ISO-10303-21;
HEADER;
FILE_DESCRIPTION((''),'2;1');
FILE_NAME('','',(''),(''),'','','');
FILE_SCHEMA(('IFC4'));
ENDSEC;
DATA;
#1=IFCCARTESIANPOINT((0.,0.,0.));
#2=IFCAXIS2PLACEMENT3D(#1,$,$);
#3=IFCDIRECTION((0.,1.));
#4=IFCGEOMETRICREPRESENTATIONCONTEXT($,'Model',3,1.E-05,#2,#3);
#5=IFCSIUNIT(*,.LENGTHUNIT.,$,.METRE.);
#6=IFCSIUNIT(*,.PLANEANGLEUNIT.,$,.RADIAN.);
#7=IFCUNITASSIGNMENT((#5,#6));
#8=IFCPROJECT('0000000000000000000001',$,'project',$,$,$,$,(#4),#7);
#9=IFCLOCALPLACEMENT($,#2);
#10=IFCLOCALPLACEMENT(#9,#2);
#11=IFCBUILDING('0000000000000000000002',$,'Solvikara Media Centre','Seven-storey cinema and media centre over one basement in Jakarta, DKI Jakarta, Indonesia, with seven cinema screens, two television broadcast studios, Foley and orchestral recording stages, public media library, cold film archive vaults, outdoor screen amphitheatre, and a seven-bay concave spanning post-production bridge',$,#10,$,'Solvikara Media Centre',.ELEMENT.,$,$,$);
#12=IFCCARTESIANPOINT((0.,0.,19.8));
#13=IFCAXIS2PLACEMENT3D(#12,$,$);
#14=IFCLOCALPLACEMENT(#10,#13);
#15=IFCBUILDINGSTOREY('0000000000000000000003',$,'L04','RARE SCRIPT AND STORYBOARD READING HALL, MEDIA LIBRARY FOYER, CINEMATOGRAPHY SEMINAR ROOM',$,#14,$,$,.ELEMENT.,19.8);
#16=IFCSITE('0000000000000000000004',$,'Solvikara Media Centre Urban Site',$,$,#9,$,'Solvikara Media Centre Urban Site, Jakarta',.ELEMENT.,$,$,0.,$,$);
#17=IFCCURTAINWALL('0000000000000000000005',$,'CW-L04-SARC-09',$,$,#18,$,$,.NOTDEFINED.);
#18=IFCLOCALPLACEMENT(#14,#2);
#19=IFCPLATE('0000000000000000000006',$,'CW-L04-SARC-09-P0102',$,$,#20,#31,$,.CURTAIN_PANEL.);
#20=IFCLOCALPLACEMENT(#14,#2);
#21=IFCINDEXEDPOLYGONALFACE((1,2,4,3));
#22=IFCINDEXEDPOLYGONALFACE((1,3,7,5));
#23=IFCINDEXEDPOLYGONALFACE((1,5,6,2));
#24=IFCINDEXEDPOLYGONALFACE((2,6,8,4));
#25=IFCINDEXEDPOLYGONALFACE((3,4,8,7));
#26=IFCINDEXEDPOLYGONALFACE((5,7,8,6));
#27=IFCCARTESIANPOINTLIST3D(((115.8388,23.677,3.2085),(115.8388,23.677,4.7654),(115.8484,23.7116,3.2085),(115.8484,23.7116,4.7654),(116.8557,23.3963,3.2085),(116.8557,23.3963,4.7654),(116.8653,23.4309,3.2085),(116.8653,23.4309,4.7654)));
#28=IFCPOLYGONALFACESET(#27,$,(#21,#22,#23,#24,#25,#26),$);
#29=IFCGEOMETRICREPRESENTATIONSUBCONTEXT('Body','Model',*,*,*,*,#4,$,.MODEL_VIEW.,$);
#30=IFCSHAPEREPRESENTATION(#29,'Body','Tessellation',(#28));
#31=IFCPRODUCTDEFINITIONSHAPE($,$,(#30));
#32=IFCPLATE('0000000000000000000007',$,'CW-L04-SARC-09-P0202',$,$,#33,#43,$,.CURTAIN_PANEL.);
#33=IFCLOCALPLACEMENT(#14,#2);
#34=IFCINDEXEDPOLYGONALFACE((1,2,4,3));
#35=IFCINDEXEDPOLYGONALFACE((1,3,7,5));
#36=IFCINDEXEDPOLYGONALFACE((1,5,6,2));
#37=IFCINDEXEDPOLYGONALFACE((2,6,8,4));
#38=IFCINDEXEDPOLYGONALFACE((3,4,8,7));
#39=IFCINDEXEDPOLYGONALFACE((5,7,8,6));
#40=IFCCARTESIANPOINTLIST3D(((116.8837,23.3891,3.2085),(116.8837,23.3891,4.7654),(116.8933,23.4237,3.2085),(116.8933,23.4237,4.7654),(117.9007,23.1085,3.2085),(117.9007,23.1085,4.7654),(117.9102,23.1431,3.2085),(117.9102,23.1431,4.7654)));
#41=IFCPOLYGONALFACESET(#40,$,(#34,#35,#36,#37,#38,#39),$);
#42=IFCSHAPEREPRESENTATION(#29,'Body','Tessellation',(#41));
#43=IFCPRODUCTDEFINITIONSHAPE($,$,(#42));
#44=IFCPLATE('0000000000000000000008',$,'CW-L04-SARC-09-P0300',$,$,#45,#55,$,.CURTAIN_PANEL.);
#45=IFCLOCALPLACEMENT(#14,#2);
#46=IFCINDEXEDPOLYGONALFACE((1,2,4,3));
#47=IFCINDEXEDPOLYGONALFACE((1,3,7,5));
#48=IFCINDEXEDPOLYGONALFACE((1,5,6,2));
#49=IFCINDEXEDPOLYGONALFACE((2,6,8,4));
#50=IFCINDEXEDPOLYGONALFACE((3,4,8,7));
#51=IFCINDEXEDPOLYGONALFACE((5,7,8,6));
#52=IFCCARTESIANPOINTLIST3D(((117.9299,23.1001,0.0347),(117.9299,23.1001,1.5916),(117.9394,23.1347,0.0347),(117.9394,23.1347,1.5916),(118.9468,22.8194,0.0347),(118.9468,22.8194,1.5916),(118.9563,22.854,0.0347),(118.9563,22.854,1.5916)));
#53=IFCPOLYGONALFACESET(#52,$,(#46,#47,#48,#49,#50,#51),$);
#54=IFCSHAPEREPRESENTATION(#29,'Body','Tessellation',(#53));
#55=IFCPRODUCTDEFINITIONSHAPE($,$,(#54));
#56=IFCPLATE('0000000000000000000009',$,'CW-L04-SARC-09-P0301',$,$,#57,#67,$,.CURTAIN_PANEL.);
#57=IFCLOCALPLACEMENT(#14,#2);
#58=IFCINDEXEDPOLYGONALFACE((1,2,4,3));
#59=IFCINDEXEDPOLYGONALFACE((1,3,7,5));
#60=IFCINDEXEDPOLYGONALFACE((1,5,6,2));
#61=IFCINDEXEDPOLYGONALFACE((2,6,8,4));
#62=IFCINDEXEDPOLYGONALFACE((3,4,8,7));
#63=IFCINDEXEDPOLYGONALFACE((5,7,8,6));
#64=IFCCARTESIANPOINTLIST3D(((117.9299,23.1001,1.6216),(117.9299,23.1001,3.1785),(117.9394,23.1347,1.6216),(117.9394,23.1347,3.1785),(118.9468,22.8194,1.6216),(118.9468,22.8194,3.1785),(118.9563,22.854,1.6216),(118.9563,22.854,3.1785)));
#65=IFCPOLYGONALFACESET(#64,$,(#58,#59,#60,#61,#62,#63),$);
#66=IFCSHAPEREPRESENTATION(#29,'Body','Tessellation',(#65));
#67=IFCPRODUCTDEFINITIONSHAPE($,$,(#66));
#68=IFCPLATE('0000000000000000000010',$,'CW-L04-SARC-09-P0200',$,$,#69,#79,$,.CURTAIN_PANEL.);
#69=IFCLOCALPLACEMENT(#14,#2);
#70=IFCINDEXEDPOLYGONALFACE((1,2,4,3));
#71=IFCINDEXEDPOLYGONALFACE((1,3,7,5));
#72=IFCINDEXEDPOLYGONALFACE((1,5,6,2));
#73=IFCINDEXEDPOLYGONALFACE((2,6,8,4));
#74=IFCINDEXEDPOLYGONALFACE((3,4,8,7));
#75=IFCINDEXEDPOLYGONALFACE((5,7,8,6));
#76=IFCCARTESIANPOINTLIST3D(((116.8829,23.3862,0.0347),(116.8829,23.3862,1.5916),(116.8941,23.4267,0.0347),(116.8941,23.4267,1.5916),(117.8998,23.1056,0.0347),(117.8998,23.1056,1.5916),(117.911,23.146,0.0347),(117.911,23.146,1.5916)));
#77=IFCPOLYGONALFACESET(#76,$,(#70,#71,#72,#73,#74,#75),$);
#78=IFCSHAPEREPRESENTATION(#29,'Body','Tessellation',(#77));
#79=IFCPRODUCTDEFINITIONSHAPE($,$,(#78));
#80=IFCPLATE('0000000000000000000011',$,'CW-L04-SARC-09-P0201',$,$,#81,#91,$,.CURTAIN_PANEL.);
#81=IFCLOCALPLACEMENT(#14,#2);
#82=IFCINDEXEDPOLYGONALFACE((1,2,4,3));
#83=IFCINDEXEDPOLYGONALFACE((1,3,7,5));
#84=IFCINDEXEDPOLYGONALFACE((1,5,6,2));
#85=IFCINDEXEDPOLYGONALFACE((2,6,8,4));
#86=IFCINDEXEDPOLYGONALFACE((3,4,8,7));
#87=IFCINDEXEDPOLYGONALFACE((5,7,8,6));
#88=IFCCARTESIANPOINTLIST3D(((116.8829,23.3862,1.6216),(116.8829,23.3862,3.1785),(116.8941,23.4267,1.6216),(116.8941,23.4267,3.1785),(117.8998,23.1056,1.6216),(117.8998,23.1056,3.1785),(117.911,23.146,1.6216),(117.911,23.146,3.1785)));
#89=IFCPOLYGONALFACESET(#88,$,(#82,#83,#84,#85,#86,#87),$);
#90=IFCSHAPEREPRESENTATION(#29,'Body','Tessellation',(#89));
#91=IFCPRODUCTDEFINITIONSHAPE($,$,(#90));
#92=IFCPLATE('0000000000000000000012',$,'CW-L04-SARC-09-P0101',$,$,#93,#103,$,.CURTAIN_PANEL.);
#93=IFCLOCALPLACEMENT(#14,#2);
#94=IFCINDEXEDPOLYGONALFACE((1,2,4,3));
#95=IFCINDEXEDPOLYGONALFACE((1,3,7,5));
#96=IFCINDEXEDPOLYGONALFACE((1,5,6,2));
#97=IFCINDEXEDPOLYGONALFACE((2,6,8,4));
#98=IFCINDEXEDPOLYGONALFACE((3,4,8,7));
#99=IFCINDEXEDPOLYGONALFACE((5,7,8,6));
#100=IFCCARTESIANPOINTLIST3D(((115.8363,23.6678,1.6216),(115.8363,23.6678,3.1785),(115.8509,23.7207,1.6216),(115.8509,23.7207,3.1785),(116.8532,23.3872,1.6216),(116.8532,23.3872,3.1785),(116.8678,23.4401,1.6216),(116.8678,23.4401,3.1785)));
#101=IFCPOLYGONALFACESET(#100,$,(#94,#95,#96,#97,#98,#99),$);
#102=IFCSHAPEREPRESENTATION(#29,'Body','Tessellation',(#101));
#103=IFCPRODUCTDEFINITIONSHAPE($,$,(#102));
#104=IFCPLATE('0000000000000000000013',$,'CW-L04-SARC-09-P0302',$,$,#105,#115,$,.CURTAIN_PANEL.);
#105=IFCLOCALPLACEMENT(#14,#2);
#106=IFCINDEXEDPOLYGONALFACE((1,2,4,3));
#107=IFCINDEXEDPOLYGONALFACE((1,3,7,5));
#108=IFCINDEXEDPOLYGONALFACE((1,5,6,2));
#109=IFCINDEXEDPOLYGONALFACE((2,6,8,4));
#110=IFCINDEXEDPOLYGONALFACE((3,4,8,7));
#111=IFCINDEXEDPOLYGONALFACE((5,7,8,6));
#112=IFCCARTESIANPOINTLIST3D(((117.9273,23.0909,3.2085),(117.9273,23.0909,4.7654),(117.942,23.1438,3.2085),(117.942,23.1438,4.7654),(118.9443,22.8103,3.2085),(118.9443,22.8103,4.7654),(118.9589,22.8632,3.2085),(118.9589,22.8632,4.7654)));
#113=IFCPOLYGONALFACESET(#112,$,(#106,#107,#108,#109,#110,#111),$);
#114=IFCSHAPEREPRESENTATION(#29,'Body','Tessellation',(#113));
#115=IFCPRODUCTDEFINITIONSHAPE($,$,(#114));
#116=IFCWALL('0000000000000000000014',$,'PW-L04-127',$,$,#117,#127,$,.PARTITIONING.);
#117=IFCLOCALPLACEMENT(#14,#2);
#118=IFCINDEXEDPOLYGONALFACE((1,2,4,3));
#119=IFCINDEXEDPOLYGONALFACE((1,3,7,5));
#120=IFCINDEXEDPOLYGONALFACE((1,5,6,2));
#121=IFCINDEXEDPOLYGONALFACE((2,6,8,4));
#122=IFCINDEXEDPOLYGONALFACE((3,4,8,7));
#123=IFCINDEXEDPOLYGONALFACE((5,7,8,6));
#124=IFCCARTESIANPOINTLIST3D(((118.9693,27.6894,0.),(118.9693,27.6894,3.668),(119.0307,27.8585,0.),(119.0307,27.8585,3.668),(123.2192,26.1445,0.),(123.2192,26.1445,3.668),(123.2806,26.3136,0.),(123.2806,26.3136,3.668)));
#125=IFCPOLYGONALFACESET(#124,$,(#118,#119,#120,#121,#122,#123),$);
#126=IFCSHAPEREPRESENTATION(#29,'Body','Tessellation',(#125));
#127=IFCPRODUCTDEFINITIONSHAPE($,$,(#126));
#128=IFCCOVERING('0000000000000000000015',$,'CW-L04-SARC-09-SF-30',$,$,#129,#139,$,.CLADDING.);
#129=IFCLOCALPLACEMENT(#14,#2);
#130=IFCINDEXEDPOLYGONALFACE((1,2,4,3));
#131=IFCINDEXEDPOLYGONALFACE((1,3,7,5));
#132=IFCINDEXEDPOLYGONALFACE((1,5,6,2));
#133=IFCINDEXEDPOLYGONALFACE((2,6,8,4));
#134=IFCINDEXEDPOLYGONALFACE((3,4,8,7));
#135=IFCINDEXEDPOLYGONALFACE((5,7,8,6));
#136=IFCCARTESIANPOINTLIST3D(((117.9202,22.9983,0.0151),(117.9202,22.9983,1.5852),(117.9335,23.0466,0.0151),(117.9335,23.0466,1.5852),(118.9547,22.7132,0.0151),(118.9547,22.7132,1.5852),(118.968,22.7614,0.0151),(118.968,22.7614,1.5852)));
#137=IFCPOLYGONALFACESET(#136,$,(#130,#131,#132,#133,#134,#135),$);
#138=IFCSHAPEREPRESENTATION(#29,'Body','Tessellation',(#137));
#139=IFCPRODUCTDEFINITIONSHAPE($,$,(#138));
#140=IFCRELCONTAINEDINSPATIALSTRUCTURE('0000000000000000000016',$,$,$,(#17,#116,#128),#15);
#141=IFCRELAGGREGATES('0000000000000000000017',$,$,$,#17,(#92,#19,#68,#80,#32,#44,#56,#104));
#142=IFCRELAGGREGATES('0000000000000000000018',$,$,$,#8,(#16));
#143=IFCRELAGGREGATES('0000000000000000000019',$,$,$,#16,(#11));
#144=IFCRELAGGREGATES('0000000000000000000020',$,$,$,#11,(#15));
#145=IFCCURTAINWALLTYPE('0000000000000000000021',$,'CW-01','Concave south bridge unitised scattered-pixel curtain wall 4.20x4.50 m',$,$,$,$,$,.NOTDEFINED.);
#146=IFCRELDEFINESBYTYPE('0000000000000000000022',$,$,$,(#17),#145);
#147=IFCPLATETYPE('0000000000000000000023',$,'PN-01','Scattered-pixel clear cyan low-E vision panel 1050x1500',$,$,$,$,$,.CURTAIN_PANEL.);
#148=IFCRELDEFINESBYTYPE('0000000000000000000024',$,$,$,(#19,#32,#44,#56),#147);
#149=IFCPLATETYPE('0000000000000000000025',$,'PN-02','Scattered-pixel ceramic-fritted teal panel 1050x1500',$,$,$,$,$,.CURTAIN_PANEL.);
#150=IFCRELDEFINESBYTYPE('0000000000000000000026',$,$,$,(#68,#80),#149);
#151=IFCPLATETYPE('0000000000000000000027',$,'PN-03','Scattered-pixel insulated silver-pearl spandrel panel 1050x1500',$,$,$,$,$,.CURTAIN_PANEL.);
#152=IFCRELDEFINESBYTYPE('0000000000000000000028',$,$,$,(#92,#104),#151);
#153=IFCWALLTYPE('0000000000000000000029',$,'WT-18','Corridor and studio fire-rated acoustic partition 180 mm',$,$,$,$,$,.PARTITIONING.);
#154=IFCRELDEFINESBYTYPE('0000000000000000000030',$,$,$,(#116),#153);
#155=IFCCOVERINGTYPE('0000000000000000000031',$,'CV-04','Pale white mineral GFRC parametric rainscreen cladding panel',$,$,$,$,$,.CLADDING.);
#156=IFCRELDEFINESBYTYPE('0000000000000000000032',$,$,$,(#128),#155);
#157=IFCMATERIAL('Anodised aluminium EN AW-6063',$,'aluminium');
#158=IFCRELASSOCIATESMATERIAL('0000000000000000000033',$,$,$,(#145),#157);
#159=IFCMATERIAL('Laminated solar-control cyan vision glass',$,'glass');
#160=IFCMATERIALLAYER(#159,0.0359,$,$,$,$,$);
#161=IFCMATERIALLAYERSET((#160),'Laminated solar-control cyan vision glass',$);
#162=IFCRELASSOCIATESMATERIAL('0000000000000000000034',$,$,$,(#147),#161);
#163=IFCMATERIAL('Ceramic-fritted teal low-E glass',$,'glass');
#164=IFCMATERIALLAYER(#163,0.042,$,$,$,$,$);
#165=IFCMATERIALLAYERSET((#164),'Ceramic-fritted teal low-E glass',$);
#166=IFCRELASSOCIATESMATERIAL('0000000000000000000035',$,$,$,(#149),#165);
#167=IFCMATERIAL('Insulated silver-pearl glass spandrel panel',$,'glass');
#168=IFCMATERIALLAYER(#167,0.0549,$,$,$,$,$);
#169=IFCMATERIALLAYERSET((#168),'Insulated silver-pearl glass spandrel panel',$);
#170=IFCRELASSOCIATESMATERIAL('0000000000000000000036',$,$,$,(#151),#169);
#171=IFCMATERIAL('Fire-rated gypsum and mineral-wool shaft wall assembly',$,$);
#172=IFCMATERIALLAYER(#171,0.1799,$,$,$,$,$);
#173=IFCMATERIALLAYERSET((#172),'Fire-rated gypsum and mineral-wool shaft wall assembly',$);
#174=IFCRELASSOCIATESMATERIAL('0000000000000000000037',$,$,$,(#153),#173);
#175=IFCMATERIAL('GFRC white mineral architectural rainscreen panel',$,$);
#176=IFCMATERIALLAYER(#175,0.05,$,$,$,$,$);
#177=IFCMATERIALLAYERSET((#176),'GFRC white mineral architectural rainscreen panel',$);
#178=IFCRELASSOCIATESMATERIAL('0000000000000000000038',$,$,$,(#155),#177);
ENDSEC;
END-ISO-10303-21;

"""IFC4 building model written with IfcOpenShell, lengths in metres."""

from ifc_helpers import new_model, si_unit, direction, frame, frame_2d, origin, origin_2d, place, context, subcontext, project, spatial, rectangle, extrude, material, layer, layer_set, type_object, element, aggregate, save


model = new_model("IFC4")

# Units and contexts
model_context = context("Model", 3, precision=1e-05, world=origin(), true_north=direction((0.0, 1.0)))
body_context = subcontext(model_context, "Body", "Model", "MODEL_VIEW")
ifc_project = project(units=[si_unit("LENGTHUNIT", "METRE"), si_unit("PLANEANGLEUNIT", "RADIAN")], contexts=[model_context])

# Site, building, storey
site_placement = place(None, origin())
site = spatial("IfcSite", under=ifc_project, at=site_placement, Name="Solvikara Media Centre Urban Site", LongName="Solvikara Media Centre Urban Site, Jakarta", CompositionType="ELEMENT", RefElevation=0.0)
building_placement = place(site_placement, origin())
building = spatial("IfcBuilding", under=site, at=building_placement, Name="Solvikara Media Centre", Description="Seven-storey cinema and media centre over one basement in Jakarta, DKI Jakarta, Indonesia, with seven cinema screens, two television broadcast studios, Foley and orchestral recording stages, public media library, cold film archive vaults, outdoor screen amphitheatre, and a seven-bay concave spanning post-production bridge", LongName="Solvikara Media Centre", CompositionType="ELEMENT")
storey_placement = place(building_placement, frame((0.0, 0.0, 19.8)))
storey = spatial("IfcBuildingStorey", under=building, at=storey_placement, Name="L04", Description="RARE SCRIPT AND STORYBOARD READING HALL, MEDIA LIBRARY FOYER, CINEMATOGRAPHY SEMINAR ROOM", CompositionType="ELEMENT", Elevation=19.8)

# Curtain wall
ifc_material_1 = material(Name="Anodised aluminium EN AW-6063", Category="aluminium")
curtain_wall_type = type_object("IfcCurtainWallType", Name="CW-01", Description="Concave south bridge unitised scattered-pixel curtain wall 4.20x4.50 m", PredefinedType="NOTDEFINED", material=ifc_material_1)
curtain_wall_1_placement = place(storey_placement, origin())
curtain_wall_1 = element("IfcCurtainWall", 1, at=curtain_wall_1_placement, inside=storey, type_object=curtain_wall_type, Name="CW-L04-SARC-09", PredefinedType="NOTDEFINED")

# Plates
ifc_material_2 = material(Name="Laminated solar-control cyan vision glass", Category="glass")
ifc_layer_1 = layer(ifc_material_2, 0.0359)
ifc_layer_set_1 = layer_set([ifc_layer_1], Name="Laminated solar-control cyan vision glass")
plate_type_1 = type_object("IfcPlateType", Name="PN-01", Description="Scattered-pixel clear cyan low-E vision panel 1050x1500", PredefinedType="CURTAIN_PANEL", material=ifc_layer_set_1)
plate_1_placement = place(storey_placement, frame((116.3521, 23.554, 3.2085), z_axis=(0.0, 0.0, 1.0), x_axis=(0.96397, -0.26601, 0.0)))
plate_1 = element("IfcPlate", 2, at=plate_1_placement, type_object=plate_type_1, Name="CW-L04-SARC-09-P0102", PredefinedType="CURTAIN_PANEL", context=body_context, shape_type="SweptSolid", body=[
    extrude(rectangle(XDim=1.0549, YDim=0.0359, at=origin_2d()), origin(), (0.0, 0.0, 1.0), 1.5569),
])
plate_2_placement = place(storey_placement, frame((117.397, 23.2661, 3.2085), z_axis=(0.0, 0.0, 1.0), x_axis=(0.96397, -0.26601, 0.0)))
plate_2 = element("IfcPlate", 3, at=plate_2_placement, type_object=plate_type_1, Name="CW-L04-SARC-09-P0202", PredefinedType="CURTAIN_PANEL", context=body_context, shape_type="SweptSolid", body=[
    extrude(rectangle(XDim=1.0549, YDim=0.0359, at=origin_2d()), origin(), (0.0, 0.0, 1.0), 1.5569),
])
plate_3_placement = place(storey_placement, frame((118.4431, 22.9771, 0.0347), z_axis=(0.0, 0.0, 1.0), x_axis=(0.96397, -0.26601, 0.0)))
plate_3 = element("IfcPlate", 4, at=plate_3_placement, type_object=plate_type_1, Name="CW-L04-SARC-09-P0300", PredefinedType="CURTAIN_PANEL", context=body_context, shape_type="SweptSolid", body=[
    extrude(rectangle(XDim=1.0549, YDim=0.0359, at=origin_2d()), origin(), (0.0, 0.0, 1.0), 1.5569),
])
plate_4_placement = place(storey_placement, frame((118.4431, 22.9771, 1.6216), z_axis=(0.0, 0.0, 1.0), x_axis=(0.96397, -0.26601, 0.0)))
plate_4 = element("IfcPlate", 5, at=plate_4_placement, type_object=plate_type_1, Name="CW-L04-SARC-09-P0301", PredefinedType="CURTAIN_PANEL", context=body_context, shape_type="SweptSolid", body=[
    extrude(rectangle(XDim=1.0549, YDim=0.0359, at=origin_2d()), origin(), (0.0, 0.0, 1.0), 1.5569),
])
ifc_material_3 = material(Name="Ceramic-fritted teal low-E glass", Category="glass")
ifc_layer_2 = layer(ifc_material_3, 0.042)
ifc_layer_set_2 = layer_set([ifc_layer_2], Name="Ceramic-fritted teal low-E glass")
plate_type_2 = type_object("IfcPlateType", Name="PN-02", Description="Scattered-pixel ceramic-fritted teal panel 1050x1500", PredefinedType="CURTAIN_PANEL", material=ifc_layer_set_2)
plate_5_placement = place(storey_placement, frame((117.397, 23.2661, 0.0347), z_axis=(0.0, 0.0, 1.0), x_axis=(0.96397, -0.26601, 0.0)))
plate_5 = element("IfcPlate", 6, at=plate_5_placement, type_object=plate_type_2, Name="CW-L04-SARC-09-P0200", PredefinedType="CURTAIN_PANEL", context=body_context, shape_type="SweptSolid", body=[
    extrude(rectangle(XDim=1.0549, YDim=0.042, at=origin_2d()), origin(), (0.0, 0.0, 1.0), 1.5569),
])
plate_6_placement = place(storey_placement, frame((117.397, 23.2661, 1.6216), z_axis=(0.0, 0.0, 1.0), x_axis=(0.96397, -0.26601, 0.0)))
plate_6 = element("IfcPlate", 7, at=plate_6_placement, type_object=plate_type_2, Name="CW-L04-SARC-09-P0201", PredefinedType="CURTAIN_PANEL", context=body_context, shape_type="SweptSolid", body=[
    extrude(rectangle(XDim=1.0549, YDim=0.042, at=origin_2d()), origin(), (0.0, 0.0, 1.0), 1.5569),
])
ifc_material_4 = material(Name="Insulated silver-pearl glass spandrel panel", Category="glass")
ifc_layer_3 = layer(ifc_material_4, 0.0549)
ifc_layer_set_3 = layer_set([ifc_layer_3], Name="Insulated silver-pearl glass spandrel panel")
plate_type_3 = type_object("IfcPlateType", Name="PN-03", Description="Scattered-pixel insulated silver-pearl spandrel panel 1050x1500", PredefinedType="CURTAIN_PANEL", material=ifc_layer_set_3)
plate_7_placement = place(storey_placement, frame((116.3521, 23.554, 1.6216), z_axis=(0.0, 0.0, 1.0), x_axis=(0.96397, -0.26601, 0.0)))
plate_7 = element("IfcPlate", 8, at=plate_7_placement, type_object=plate_type_3, Name="CW-L04-SARC-09-P0101", PredefinedType="CURTAIN_PANEL", context=body_context, shape_type="SweptSolid", body=[
    extrude(rectangle(XDim=1.0549, YDim=0.0549, at=origin_2d()), origin(), (0.0, 0.0, 1.0), 1.5569),
])
plate_8_placement = place(storey_placement, frame((118.4431, 22.9771, 3.2085), z_axis=(0.0, 0.0, 1.0), x_axis=(0.96397, -0.26601, 0.0)))
plate_8 = element("IfcPlate", 9, at=plate_8_placement, type_object=plate_type_3, Name="CW-L04-SARC-09-P0302", PredefinedType="CURTAIN_PANEL", context=body_context, shape_type="SweptSolid", body=[
    extrude(rectangle(XDim=1.0549, YDim=0.0549, at=origin_2d()), origin(), (0.0, 0.0, 1.0), 1.5569),
])
aggregate(curtain_wall_1, [plate_7, plate_1, plate_5, plate_6, plate_2, plate_3, plate_4, plate_8])

# Wall
ifc_material_5 = material(Name="Fire-rated gypsum and mineral-wool shaft wall assembly")
ifc_layer_4 = layer(ifc_material_5, 0.1799)
ifc_layer_set_4 = layer_set([ifc_layer_4], Name="Fire-rated gypsum and mineral-wool shaft wall assembly")
wall_type = type_object("IfcWallType", Name="WT-18", Description="Corridor and studio fire-rated acoustic partition 180 mm", PredefinedType="PARTITIONING", material=ifc_layer_set_4)
wall_placement = place(storey_placement, frame((119.0, 27.7739, 0.0), z_axis=(0.0, 0.0, 1.0), x_axis=(0.939831, -0.341639, 0.0)))
element("IfcWall", 10, at=wall_placement, inside=storey, type_object=wall_type, Name="PW-L04-127", PredefinedType="PARTITIONING", context=body_context, shape_type="SweptSolid", body=[
    extrude(rectangle(XDim=4.522, YDim=0.1799, at=frame_2d((2.261, 0.0))), origin(), (0.0, 0.0, 1.0), 3.668),
])

# Covering
ifc_material_6 = material(Name="GFRC white mineral architectural rainscreen panel")
ifc_layer_5 = layer(ifc_material_6, 0.05)
ifc_layer_set_5 = layer_set([ifc_layer_5], Name="GFRC white mineral architectural rainscreen panel")
covering_type = type_object("IfcCoveringType", Name="CV-04", Description="Pale white mineral GFRC parametric rainscreen cladding panel", PredefinedType="CLADDING", material=ifc_layer_set_5)
covering_placement = place(storey_placement, frame((118.4441, 22.8799, 0.0151), z_axis=(0.0, 0.0, 1.0), x_axis=(0.964049, -0.265724, 0.0)))
element("IfcCovering", 11, at=covering_placement, inside=storey, type_object=covering_type, Name="CW-L04-SARC-09-SF-30", PredefinedType="CLADDING", context=body_context, shape_type="SweptSolid", body=[
    extrude(rectangle(XDim=1.073, YDim=0.05, at=origin_2d()), origin(), (0.0, 0.0, 1.0), 1.5701),
])

save(model, "model.ifc")
